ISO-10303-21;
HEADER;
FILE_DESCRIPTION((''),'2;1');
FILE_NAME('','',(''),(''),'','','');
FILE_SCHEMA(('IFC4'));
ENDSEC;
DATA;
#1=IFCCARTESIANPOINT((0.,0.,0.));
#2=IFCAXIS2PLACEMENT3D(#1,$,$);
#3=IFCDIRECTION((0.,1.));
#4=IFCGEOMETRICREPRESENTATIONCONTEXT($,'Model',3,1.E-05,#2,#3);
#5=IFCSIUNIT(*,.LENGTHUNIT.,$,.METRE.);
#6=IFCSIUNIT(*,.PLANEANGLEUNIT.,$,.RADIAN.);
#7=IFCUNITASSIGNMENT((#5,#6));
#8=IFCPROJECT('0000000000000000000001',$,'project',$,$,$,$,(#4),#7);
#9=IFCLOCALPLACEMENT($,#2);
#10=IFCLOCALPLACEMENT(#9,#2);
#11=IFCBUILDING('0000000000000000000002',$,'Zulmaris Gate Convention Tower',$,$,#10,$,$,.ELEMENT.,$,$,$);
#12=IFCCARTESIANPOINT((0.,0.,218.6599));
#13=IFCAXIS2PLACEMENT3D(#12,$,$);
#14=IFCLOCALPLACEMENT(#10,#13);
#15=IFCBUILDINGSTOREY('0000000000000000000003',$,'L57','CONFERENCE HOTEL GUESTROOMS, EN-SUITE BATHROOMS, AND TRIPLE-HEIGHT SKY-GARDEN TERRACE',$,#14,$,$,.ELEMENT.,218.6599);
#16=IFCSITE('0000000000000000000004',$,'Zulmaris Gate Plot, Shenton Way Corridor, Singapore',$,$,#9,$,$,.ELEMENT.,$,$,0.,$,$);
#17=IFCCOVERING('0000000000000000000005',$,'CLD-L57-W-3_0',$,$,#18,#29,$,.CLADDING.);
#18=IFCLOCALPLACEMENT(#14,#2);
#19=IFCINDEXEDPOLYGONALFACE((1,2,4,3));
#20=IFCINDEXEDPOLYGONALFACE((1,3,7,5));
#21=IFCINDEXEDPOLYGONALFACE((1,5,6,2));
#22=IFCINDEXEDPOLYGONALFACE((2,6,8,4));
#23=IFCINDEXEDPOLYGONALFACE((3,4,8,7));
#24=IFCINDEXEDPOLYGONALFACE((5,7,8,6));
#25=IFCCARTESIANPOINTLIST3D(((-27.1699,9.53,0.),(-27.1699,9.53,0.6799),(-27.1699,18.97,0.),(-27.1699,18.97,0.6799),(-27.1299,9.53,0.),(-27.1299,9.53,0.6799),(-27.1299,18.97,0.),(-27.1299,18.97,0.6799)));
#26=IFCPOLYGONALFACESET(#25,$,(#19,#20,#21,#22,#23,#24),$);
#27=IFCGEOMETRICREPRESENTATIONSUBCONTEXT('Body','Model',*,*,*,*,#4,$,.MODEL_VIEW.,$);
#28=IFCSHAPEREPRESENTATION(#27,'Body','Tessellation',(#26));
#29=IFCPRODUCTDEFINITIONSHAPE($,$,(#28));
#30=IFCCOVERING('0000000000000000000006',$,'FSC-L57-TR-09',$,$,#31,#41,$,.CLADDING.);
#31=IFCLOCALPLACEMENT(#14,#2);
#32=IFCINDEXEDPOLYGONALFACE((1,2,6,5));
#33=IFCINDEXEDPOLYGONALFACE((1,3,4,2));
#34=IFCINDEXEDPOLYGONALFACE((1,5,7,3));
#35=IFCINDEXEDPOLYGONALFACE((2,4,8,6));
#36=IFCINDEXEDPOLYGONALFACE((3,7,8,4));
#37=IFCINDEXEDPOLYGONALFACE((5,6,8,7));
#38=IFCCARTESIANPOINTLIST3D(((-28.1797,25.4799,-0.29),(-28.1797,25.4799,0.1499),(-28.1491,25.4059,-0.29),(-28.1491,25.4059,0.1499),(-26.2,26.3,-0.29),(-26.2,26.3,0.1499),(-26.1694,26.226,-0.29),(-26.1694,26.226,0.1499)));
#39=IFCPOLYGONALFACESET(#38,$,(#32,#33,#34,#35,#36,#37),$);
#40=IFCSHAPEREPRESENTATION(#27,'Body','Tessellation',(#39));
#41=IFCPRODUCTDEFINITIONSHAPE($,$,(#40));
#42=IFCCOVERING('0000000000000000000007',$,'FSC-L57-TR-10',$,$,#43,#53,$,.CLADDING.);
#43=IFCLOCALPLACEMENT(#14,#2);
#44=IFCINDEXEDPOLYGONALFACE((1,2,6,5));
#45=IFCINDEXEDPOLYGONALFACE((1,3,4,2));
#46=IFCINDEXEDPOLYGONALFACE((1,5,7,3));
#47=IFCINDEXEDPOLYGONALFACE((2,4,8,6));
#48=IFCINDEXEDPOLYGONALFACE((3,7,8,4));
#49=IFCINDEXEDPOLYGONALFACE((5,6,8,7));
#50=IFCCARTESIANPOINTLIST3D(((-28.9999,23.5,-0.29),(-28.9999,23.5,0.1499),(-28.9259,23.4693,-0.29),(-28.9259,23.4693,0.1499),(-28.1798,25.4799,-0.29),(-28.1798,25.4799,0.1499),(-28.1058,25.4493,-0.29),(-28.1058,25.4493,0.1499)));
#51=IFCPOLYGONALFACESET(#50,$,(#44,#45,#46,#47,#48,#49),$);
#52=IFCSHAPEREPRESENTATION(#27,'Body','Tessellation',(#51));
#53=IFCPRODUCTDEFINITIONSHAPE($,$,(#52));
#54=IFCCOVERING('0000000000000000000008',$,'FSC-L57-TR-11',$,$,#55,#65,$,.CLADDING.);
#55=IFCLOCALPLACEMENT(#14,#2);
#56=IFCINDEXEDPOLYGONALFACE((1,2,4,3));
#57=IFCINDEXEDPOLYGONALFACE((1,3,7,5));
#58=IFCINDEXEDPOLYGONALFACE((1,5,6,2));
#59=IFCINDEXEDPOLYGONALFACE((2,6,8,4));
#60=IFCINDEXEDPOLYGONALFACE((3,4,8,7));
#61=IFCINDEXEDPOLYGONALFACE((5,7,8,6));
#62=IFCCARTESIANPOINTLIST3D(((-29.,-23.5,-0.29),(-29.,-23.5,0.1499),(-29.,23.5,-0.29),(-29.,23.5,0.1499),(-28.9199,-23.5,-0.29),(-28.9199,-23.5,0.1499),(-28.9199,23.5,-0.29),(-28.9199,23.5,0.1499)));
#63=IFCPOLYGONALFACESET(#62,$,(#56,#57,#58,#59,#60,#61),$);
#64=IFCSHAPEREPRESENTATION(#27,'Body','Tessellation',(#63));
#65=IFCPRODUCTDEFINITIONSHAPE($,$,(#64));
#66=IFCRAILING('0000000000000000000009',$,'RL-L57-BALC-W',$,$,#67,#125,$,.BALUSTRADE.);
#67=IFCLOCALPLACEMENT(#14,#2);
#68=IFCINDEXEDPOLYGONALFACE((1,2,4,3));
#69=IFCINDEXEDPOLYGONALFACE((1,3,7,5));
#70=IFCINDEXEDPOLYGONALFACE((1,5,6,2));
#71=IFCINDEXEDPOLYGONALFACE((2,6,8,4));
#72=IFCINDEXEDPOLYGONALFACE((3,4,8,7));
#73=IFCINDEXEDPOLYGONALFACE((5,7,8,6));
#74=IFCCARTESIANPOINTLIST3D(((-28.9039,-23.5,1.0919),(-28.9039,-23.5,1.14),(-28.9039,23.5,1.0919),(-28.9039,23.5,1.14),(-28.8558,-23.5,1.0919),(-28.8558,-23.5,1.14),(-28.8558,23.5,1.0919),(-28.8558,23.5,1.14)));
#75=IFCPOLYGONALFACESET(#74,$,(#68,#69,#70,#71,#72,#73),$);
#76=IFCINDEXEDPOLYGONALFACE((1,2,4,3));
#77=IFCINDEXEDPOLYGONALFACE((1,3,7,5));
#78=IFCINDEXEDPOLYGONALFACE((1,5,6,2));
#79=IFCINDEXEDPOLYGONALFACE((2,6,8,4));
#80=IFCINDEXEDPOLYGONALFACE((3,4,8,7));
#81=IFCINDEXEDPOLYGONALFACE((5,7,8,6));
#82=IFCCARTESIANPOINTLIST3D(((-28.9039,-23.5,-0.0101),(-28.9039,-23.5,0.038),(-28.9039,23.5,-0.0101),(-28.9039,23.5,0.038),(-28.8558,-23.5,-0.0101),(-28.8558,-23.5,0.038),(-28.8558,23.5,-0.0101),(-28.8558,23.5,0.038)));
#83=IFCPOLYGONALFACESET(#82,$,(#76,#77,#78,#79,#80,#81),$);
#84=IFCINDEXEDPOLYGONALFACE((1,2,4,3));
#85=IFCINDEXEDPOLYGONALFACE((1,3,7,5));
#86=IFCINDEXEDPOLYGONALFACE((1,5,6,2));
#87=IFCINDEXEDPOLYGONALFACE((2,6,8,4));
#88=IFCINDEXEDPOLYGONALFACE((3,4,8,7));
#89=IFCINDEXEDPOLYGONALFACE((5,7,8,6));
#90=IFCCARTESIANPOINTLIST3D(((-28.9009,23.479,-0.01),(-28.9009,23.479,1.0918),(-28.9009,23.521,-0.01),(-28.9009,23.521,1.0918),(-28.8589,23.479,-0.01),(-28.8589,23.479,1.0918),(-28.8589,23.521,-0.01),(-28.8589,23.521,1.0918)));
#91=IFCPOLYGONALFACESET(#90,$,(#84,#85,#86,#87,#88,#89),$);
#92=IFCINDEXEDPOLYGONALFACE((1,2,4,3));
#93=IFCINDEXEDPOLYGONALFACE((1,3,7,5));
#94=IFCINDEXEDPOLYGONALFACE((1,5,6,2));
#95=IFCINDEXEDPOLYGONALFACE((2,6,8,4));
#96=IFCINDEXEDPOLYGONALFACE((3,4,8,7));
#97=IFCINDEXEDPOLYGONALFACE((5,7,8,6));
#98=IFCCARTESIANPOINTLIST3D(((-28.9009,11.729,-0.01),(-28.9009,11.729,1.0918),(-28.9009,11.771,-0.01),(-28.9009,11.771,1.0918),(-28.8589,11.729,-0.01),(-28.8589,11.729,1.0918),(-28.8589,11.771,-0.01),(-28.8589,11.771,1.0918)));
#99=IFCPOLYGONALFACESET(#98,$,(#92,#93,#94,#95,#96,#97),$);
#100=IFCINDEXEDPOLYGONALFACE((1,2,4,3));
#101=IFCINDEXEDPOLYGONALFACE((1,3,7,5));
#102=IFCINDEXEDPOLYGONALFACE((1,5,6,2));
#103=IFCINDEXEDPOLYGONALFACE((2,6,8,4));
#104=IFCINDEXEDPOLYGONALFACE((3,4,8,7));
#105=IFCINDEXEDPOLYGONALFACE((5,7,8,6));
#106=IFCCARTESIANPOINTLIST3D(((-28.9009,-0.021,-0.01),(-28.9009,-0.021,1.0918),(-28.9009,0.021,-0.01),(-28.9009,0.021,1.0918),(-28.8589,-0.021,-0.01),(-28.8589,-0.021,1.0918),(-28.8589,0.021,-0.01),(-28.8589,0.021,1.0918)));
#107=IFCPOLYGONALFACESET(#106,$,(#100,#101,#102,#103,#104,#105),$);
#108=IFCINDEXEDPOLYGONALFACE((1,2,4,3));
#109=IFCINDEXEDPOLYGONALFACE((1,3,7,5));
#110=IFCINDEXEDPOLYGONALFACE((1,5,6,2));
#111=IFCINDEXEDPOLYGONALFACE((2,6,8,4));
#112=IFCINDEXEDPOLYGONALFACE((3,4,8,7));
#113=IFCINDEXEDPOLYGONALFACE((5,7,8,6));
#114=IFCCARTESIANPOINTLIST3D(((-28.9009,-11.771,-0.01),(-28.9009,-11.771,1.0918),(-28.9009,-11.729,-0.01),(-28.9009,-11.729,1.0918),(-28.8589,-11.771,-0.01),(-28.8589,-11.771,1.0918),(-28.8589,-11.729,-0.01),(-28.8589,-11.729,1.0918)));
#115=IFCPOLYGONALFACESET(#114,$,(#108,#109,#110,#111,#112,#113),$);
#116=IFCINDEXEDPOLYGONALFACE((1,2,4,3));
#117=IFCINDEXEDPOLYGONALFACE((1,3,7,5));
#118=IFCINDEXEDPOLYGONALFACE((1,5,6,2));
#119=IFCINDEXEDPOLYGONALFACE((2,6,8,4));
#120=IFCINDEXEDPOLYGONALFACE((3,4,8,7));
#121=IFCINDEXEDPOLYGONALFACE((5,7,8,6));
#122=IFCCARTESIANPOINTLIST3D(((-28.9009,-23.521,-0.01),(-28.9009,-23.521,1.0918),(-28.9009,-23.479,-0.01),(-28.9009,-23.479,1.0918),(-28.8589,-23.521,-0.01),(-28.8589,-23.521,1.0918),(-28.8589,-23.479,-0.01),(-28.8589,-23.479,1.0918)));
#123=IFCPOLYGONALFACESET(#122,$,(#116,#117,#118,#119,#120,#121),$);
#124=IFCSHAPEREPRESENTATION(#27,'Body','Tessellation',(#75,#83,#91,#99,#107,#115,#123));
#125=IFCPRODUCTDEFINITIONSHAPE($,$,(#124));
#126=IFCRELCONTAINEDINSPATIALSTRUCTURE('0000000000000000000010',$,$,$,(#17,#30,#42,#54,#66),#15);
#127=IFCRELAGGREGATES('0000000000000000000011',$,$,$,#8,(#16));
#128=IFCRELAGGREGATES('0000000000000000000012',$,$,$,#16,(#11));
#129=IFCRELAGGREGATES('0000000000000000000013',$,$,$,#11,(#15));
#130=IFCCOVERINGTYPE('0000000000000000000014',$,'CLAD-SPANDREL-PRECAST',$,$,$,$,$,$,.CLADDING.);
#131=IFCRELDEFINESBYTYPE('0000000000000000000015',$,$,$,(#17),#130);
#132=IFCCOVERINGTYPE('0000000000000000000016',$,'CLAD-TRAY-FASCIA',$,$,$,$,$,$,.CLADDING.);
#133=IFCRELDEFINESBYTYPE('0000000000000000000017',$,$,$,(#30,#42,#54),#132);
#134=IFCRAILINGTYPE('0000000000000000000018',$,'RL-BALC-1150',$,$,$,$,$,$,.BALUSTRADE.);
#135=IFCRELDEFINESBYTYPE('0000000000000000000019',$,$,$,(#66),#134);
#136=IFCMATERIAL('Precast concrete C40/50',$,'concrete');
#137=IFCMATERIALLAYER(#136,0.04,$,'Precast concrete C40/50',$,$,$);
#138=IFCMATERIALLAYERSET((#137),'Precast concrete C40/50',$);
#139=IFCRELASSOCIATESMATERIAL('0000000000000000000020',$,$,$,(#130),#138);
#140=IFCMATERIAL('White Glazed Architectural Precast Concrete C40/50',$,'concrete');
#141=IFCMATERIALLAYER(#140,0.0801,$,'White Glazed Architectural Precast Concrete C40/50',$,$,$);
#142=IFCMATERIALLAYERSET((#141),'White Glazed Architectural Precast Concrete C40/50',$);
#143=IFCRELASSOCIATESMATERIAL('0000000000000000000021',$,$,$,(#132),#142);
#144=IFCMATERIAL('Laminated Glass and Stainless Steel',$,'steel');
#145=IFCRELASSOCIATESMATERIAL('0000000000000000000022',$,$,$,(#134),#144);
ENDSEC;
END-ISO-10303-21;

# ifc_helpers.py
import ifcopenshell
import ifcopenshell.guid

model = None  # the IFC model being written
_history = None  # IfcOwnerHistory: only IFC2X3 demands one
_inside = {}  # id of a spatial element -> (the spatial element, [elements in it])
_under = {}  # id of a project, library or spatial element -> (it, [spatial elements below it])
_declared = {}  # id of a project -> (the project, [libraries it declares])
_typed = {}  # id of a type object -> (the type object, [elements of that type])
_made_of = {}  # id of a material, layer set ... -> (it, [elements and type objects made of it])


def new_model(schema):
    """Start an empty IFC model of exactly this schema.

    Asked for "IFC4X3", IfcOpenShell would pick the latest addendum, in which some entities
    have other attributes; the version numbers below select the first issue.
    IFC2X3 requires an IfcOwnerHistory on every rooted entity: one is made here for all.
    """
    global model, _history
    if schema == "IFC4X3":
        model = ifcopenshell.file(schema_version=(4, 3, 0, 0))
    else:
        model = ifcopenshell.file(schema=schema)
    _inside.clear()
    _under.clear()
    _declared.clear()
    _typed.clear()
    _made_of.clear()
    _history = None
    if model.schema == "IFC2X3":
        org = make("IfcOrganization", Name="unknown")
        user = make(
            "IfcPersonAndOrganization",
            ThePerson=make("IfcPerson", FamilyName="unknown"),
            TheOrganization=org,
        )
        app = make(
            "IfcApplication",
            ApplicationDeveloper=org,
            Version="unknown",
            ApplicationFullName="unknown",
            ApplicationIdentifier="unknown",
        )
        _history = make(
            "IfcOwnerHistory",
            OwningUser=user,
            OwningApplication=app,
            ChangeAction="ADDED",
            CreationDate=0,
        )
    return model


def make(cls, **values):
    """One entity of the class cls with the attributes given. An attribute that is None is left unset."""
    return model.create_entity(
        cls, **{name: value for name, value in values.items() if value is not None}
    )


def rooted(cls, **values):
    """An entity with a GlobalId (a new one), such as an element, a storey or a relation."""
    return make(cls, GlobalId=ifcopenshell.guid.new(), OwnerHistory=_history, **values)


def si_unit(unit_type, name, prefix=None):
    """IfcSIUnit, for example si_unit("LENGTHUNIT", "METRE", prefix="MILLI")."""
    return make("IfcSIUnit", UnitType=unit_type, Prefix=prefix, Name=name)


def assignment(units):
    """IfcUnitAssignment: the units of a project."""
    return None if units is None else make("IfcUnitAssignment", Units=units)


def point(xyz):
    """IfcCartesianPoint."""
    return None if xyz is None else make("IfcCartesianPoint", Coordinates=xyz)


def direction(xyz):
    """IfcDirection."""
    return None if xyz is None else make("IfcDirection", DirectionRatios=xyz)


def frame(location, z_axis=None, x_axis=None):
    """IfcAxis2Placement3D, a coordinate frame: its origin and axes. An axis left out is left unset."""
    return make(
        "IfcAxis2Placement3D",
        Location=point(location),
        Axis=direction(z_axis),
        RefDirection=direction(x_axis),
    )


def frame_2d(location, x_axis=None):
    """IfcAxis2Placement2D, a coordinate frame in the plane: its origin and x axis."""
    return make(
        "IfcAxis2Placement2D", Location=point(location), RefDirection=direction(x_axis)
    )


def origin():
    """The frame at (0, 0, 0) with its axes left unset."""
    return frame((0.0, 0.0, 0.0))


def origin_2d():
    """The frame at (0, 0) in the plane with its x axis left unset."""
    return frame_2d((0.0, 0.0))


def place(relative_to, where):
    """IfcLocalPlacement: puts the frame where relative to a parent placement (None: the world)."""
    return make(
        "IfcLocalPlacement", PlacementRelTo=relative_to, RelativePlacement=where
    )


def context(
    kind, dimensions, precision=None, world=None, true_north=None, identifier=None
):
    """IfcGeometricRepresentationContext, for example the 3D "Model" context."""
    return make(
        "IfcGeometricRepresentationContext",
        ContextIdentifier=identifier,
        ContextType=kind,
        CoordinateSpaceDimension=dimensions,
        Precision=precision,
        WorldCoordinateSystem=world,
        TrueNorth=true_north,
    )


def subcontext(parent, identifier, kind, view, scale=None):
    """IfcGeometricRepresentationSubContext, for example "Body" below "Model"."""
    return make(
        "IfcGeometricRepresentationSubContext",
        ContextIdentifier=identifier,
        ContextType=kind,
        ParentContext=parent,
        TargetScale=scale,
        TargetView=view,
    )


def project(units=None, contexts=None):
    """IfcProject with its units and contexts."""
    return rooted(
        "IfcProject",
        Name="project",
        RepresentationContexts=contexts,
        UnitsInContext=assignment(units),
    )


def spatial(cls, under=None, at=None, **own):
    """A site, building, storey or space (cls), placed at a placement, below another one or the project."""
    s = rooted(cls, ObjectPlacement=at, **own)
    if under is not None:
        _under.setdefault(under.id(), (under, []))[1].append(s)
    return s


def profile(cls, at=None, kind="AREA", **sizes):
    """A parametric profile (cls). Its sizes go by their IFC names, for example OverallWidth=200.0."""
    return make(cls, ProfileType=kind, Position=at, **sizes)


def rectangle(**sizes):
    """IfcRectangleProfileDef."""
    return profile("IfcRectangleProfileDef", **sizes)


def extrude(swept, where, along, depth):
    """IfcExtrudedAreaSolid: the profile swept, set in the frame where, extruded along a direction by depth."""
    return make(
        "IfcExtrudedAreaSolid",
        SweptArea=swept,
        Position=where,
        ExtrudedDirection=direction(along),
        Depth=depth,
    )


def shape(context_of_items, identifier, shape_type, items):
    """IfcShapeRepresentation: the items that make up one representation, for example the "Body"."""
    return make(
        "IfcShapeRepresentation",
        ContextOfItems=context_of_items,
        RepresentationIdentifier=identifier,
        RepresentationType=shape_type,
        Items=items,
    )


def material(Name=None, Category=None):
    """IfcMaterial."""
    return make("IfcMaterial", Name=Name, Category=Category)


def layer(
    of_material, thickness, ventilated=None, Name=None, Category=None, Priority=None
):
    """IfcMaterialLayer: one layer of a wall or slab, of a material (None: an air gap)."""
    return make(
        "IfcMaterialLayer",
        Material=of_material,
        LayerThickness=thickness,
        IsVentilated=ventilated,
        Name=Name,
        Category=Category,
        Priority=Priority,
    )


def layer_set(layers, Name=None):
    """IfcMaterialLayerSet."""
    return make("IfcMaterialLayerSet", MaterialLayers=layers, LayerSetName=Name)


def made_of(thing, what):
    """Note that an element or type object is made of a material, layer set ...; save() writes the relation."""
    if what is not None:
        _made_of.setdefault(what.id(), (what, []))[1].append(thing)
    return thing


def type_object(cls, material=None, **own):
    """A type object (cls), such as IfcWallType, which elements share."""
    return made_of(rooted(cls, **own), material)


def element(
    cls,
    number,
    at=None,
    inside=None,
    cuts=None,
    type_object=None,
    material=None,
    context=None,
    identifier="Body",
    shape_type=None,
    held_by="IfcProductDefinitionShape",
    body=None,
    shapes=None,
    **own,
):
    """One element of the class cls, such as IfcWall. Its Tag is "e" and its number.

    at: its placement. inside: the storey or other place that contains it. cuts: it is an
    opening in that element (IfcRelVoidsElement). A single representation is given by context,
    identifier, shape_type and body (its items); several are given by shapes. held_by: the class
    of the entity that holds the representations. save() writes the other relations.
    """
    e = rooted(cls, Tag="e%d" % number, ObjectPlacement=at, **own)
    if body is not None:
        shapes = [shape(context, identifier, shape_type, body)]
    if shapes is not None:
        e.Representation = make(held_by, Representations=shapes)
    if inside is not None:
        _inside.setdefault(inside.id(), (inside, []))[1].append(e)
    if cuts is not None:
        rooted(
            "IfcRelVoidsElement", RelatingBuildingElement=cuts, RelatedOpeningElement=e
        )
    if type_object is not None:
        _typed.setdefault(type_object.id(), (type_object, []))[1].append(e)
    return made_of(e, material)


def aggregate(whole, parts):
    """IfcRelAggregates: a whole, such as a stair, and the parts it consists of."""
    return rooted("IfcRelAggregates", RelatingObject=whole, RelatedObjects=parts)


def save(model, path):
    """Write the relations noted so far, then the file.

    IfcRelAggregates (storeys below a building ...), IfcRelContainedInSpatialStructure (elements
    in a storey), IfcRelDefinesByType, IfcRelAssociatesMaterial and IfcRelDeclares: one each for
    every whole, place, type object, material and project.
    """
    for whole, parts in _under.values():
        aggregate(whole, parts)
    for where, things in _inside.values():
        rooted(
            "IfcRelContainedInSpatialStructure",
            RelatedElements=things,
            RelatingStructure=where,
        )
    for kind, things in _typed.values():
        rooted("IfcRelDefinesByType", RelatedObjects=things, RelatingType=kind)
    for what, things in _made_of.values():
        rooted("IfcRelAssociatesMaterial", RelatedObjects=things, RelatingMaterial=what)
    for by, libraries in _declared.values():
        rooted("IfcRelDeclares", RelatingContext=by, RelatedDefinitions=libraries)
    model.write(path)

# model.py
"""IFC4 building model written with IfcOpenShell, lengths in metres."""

from ifc_helpers import new_model, si_unit, direction, frame, frame_2d, origin, origin_2d, place, context, subcontext, project, spatial, rectangle, extrude, material, layer, layer_set, type_object, element, save


model = new_model("IFC4")

# Units and contexts
model_context = context("Model", 3, precision=1e-05, world=origin(), true_north=direction((0.0, 1.0)))
body_context = subcontext(model_context, "Body", "Model", "MODEL_VIEW")
ifc_project = project(units=[si_unit("LENGTHUNIT", "METRE"), si_unit("PLANEANGLEUNIT", "RADIAN")], contexts=[model_context])

# Site, building, storey
site_placement = place(None, origin())
site = spatial("IfcSite", under=ifc_project, at=site_placement, Name="Zulmaris Gate Plot, Shenton Way Corridor, Singapore", CompositionType="ELEMENT", RefElevation=0.0)
building_placement = place(site_placement, origin())
building = spatial("IfcBuilding", under=site, at=building_placement, Name="Zulmaris Gate Convention Tower", CompositionType="ELEMENT")
storey_placement = place(building_placement, frame((0.0, 0.0, 218.6599)))
storey = spatial("IfcBuildingStorey", under=building, at=storey_placement, Name="L57", Description="CONFERENCE HOTEL GUESTROOMS, EN-SUITE BATHROOMS, AND TRIPLE-HEIGHT SKY-GARDEN TERRACE", CompositionType="ELEMENT", Elevation=218.6599)

# Shared definitions
ifc_material_1 = material(Name="Precast concrete C40/50", Category="concrete")

# Coverings
ifc_layer_1 = layer(ifc_material_1, 0.04, Name="Precast concrete C40/50")
ifc_layer_set_1 = layer_set([ifc_layer_1], Name="Precast concrete C40/50")
covering_type_1 = type_object("IfcCoveringType", Name="CLAD-SPANDREL-PRECAST", PredefinedType="CLADDING", material=ifc_layer_set_1)
covering_1_placement = place(storey_placement, frame((-27.1499, 18.97, 0.0), z_axis=(0.0, 0.0, 1.0), x_axis=(0.0, -1.0, 0.0)))
element("IfcCovering", 1, at=covering_1_placement, inside=storey, type_object=covering_type_1, Name="CLD-L57-W-3_0", PredefinedType="CLADDING", context=body_context, shape_type="SweptSolid", body=[
    extrude(rectangle(XDim=9.4399, YDim=0.04, at=frame_2d((4.72, 0.0))), origin(), (0.0, 0.0, 1.0), 0.6799),
])
ifc_material_2 = material(Name="White Glazed Architectural Precast Concrete C40/50", Category="concrete")
ifc_layer_2 = layer(ifc_material_2, 0.0801, Name="White Glazed Architectural Precast Concrete C40/50")
ifc_layer_set_2 = layer_set([ifc_layer_2], Name="White Glazed Architectural Precast Concrete C40/50")
covering_type_2 = type_object("IfcCoveringType", Name="CLAD-TRAY-FASCIA", PredefinedType="CLADDING", material=ifc_layer_set_2)
covering_2_placement = place(storey_placement, frame((-26.1848, 26.2629, -0.29), z_axis=(0.0, 0.0, 1.0), x_axis=(-0.923874, -0.382697, 0.0)))
element("IfcCovering", 2, at=covering_2_placement, inside=storey, type_object=covering_type_2, Name="FSC-L57-TR-09", PredefinedType="CLADDING", context=body_context, shape_type="SweptSolid", body=[
    extrude(rectangle(XDim=2.1428, YDim=0.0801, at=frame_2d((1.0713, 0.0))), origin(), (0.0, 0.0, 1.0), 0.4399),
])
covering_3_placement = place(storey_placement, frame((-28.1428, 25.4646, -0.29), z_axis=(0.0, 0.0, 1.0), x_axis=(-0.382657, -0.92389, 0.0)))
element("IfcCovering", 3, at=covering_3_placement, inside=storey, type_object=covering_type_2, Name="FSC-L57-TR-10", PredefinedType="CLADDING", context=body_context, shape_type="SweptSolid", body=[
    extrude(rectangle(XDim=2.1431, YDim=0.0801, at=frame_2d((1.0715, 0.0))), origin(), (0.0, 0.0, 1.0), 0.4399),
])
covering_4_placement = place(storey_placement, frame((-28.96, 23.5, -0.29), z_axis=(0.0, 0.0, 1.0), x_axis=(0.0, -1.0, 0.0)))
element("IfcCovering", 4, at=covering_4_placement, inside=storey, type_object=covering_type_2, Name="FSC-L57-TR-11", PredefinedType="CLADDING", context=body_context, shape_type="SweptSolid", body=[
    extrude(rectangle(XDim=47.0, YDim=0.0801, at=frame_2d((23.5, 0.0))), origin(), (0.0, 0.0, 1.0), 0.4399),
])

# Railing
ifc_material_3 = material(Name="Laminated Glass and Stainless Steel", Category="steel")
railing_type = type_object("IfcRailingType", Name="RL-BALC-1150", PredefinedType="BALUSTRADE", material=ifc_material_3)
railing_placement = place(storey_placement, frame((-28.8799, 23.5, -0.01)))
element("IfcRailing", 5, at=railing_placement, inside=storey, type_object=railing_type, Name="RL-L57-BALC-W", PredefinedType="BALUSTRADE", context=body_context, shape_type="SweptSolid", body=[
    extrude(rectangle(XDim=0.0481, YDim=0.0481, at=origin_2d()), frame((0.0, 0.0, 1.126), z_axis=(0.0, -1.0, 0.0), x_axis=(1.0, 0.0, 0.0)), (0.0, 0.0, 1.0), 47.0),
    extrude(rectangle(XDim=0.0481, YDim=0.0481, at=origin_2d()), frame((0.0, 0.0, 0.0239), z_axis=(0.0, -1.0, 0.0), x_axis=(1.0, 0.0, 0.0)), (0.0, 0.0, 1.0), 47.0),
    extrude(rectangle(XDim=0.042, YDim=0.042, at=origin_2d()), origin(), (0.0, 0.0, 1.0), 1.1018),
    extrude(rectangle(XDim=0.042, YDim=0.042, at=origin_2d()), frame((0.0, -11.75, 0.0)), (0.0, 0.0, 1.0), 1.1018),
    extrude(rectangle(XDim=0.042, YDim=0.042, at=origin_2d()), frame((0.0, -23.5, 0.0)), (0.0, 0.0, 1.0), 1.1018),
    extrude(rectangle(XDim=0.042, YDim=0.042, at=origin_2d()), frame((0.0, -35.25, 0.0)), (0.0, 0.0, 1.0), 1.1018),
    extrude(rectangle(XDim=0.042, YDim=0.042, at=origin_2d()), frame((0.0, -47.0, 0.0)), (0.0, 0.0, 1.0), 1.1018),
])

save(model, "model.ifc")
